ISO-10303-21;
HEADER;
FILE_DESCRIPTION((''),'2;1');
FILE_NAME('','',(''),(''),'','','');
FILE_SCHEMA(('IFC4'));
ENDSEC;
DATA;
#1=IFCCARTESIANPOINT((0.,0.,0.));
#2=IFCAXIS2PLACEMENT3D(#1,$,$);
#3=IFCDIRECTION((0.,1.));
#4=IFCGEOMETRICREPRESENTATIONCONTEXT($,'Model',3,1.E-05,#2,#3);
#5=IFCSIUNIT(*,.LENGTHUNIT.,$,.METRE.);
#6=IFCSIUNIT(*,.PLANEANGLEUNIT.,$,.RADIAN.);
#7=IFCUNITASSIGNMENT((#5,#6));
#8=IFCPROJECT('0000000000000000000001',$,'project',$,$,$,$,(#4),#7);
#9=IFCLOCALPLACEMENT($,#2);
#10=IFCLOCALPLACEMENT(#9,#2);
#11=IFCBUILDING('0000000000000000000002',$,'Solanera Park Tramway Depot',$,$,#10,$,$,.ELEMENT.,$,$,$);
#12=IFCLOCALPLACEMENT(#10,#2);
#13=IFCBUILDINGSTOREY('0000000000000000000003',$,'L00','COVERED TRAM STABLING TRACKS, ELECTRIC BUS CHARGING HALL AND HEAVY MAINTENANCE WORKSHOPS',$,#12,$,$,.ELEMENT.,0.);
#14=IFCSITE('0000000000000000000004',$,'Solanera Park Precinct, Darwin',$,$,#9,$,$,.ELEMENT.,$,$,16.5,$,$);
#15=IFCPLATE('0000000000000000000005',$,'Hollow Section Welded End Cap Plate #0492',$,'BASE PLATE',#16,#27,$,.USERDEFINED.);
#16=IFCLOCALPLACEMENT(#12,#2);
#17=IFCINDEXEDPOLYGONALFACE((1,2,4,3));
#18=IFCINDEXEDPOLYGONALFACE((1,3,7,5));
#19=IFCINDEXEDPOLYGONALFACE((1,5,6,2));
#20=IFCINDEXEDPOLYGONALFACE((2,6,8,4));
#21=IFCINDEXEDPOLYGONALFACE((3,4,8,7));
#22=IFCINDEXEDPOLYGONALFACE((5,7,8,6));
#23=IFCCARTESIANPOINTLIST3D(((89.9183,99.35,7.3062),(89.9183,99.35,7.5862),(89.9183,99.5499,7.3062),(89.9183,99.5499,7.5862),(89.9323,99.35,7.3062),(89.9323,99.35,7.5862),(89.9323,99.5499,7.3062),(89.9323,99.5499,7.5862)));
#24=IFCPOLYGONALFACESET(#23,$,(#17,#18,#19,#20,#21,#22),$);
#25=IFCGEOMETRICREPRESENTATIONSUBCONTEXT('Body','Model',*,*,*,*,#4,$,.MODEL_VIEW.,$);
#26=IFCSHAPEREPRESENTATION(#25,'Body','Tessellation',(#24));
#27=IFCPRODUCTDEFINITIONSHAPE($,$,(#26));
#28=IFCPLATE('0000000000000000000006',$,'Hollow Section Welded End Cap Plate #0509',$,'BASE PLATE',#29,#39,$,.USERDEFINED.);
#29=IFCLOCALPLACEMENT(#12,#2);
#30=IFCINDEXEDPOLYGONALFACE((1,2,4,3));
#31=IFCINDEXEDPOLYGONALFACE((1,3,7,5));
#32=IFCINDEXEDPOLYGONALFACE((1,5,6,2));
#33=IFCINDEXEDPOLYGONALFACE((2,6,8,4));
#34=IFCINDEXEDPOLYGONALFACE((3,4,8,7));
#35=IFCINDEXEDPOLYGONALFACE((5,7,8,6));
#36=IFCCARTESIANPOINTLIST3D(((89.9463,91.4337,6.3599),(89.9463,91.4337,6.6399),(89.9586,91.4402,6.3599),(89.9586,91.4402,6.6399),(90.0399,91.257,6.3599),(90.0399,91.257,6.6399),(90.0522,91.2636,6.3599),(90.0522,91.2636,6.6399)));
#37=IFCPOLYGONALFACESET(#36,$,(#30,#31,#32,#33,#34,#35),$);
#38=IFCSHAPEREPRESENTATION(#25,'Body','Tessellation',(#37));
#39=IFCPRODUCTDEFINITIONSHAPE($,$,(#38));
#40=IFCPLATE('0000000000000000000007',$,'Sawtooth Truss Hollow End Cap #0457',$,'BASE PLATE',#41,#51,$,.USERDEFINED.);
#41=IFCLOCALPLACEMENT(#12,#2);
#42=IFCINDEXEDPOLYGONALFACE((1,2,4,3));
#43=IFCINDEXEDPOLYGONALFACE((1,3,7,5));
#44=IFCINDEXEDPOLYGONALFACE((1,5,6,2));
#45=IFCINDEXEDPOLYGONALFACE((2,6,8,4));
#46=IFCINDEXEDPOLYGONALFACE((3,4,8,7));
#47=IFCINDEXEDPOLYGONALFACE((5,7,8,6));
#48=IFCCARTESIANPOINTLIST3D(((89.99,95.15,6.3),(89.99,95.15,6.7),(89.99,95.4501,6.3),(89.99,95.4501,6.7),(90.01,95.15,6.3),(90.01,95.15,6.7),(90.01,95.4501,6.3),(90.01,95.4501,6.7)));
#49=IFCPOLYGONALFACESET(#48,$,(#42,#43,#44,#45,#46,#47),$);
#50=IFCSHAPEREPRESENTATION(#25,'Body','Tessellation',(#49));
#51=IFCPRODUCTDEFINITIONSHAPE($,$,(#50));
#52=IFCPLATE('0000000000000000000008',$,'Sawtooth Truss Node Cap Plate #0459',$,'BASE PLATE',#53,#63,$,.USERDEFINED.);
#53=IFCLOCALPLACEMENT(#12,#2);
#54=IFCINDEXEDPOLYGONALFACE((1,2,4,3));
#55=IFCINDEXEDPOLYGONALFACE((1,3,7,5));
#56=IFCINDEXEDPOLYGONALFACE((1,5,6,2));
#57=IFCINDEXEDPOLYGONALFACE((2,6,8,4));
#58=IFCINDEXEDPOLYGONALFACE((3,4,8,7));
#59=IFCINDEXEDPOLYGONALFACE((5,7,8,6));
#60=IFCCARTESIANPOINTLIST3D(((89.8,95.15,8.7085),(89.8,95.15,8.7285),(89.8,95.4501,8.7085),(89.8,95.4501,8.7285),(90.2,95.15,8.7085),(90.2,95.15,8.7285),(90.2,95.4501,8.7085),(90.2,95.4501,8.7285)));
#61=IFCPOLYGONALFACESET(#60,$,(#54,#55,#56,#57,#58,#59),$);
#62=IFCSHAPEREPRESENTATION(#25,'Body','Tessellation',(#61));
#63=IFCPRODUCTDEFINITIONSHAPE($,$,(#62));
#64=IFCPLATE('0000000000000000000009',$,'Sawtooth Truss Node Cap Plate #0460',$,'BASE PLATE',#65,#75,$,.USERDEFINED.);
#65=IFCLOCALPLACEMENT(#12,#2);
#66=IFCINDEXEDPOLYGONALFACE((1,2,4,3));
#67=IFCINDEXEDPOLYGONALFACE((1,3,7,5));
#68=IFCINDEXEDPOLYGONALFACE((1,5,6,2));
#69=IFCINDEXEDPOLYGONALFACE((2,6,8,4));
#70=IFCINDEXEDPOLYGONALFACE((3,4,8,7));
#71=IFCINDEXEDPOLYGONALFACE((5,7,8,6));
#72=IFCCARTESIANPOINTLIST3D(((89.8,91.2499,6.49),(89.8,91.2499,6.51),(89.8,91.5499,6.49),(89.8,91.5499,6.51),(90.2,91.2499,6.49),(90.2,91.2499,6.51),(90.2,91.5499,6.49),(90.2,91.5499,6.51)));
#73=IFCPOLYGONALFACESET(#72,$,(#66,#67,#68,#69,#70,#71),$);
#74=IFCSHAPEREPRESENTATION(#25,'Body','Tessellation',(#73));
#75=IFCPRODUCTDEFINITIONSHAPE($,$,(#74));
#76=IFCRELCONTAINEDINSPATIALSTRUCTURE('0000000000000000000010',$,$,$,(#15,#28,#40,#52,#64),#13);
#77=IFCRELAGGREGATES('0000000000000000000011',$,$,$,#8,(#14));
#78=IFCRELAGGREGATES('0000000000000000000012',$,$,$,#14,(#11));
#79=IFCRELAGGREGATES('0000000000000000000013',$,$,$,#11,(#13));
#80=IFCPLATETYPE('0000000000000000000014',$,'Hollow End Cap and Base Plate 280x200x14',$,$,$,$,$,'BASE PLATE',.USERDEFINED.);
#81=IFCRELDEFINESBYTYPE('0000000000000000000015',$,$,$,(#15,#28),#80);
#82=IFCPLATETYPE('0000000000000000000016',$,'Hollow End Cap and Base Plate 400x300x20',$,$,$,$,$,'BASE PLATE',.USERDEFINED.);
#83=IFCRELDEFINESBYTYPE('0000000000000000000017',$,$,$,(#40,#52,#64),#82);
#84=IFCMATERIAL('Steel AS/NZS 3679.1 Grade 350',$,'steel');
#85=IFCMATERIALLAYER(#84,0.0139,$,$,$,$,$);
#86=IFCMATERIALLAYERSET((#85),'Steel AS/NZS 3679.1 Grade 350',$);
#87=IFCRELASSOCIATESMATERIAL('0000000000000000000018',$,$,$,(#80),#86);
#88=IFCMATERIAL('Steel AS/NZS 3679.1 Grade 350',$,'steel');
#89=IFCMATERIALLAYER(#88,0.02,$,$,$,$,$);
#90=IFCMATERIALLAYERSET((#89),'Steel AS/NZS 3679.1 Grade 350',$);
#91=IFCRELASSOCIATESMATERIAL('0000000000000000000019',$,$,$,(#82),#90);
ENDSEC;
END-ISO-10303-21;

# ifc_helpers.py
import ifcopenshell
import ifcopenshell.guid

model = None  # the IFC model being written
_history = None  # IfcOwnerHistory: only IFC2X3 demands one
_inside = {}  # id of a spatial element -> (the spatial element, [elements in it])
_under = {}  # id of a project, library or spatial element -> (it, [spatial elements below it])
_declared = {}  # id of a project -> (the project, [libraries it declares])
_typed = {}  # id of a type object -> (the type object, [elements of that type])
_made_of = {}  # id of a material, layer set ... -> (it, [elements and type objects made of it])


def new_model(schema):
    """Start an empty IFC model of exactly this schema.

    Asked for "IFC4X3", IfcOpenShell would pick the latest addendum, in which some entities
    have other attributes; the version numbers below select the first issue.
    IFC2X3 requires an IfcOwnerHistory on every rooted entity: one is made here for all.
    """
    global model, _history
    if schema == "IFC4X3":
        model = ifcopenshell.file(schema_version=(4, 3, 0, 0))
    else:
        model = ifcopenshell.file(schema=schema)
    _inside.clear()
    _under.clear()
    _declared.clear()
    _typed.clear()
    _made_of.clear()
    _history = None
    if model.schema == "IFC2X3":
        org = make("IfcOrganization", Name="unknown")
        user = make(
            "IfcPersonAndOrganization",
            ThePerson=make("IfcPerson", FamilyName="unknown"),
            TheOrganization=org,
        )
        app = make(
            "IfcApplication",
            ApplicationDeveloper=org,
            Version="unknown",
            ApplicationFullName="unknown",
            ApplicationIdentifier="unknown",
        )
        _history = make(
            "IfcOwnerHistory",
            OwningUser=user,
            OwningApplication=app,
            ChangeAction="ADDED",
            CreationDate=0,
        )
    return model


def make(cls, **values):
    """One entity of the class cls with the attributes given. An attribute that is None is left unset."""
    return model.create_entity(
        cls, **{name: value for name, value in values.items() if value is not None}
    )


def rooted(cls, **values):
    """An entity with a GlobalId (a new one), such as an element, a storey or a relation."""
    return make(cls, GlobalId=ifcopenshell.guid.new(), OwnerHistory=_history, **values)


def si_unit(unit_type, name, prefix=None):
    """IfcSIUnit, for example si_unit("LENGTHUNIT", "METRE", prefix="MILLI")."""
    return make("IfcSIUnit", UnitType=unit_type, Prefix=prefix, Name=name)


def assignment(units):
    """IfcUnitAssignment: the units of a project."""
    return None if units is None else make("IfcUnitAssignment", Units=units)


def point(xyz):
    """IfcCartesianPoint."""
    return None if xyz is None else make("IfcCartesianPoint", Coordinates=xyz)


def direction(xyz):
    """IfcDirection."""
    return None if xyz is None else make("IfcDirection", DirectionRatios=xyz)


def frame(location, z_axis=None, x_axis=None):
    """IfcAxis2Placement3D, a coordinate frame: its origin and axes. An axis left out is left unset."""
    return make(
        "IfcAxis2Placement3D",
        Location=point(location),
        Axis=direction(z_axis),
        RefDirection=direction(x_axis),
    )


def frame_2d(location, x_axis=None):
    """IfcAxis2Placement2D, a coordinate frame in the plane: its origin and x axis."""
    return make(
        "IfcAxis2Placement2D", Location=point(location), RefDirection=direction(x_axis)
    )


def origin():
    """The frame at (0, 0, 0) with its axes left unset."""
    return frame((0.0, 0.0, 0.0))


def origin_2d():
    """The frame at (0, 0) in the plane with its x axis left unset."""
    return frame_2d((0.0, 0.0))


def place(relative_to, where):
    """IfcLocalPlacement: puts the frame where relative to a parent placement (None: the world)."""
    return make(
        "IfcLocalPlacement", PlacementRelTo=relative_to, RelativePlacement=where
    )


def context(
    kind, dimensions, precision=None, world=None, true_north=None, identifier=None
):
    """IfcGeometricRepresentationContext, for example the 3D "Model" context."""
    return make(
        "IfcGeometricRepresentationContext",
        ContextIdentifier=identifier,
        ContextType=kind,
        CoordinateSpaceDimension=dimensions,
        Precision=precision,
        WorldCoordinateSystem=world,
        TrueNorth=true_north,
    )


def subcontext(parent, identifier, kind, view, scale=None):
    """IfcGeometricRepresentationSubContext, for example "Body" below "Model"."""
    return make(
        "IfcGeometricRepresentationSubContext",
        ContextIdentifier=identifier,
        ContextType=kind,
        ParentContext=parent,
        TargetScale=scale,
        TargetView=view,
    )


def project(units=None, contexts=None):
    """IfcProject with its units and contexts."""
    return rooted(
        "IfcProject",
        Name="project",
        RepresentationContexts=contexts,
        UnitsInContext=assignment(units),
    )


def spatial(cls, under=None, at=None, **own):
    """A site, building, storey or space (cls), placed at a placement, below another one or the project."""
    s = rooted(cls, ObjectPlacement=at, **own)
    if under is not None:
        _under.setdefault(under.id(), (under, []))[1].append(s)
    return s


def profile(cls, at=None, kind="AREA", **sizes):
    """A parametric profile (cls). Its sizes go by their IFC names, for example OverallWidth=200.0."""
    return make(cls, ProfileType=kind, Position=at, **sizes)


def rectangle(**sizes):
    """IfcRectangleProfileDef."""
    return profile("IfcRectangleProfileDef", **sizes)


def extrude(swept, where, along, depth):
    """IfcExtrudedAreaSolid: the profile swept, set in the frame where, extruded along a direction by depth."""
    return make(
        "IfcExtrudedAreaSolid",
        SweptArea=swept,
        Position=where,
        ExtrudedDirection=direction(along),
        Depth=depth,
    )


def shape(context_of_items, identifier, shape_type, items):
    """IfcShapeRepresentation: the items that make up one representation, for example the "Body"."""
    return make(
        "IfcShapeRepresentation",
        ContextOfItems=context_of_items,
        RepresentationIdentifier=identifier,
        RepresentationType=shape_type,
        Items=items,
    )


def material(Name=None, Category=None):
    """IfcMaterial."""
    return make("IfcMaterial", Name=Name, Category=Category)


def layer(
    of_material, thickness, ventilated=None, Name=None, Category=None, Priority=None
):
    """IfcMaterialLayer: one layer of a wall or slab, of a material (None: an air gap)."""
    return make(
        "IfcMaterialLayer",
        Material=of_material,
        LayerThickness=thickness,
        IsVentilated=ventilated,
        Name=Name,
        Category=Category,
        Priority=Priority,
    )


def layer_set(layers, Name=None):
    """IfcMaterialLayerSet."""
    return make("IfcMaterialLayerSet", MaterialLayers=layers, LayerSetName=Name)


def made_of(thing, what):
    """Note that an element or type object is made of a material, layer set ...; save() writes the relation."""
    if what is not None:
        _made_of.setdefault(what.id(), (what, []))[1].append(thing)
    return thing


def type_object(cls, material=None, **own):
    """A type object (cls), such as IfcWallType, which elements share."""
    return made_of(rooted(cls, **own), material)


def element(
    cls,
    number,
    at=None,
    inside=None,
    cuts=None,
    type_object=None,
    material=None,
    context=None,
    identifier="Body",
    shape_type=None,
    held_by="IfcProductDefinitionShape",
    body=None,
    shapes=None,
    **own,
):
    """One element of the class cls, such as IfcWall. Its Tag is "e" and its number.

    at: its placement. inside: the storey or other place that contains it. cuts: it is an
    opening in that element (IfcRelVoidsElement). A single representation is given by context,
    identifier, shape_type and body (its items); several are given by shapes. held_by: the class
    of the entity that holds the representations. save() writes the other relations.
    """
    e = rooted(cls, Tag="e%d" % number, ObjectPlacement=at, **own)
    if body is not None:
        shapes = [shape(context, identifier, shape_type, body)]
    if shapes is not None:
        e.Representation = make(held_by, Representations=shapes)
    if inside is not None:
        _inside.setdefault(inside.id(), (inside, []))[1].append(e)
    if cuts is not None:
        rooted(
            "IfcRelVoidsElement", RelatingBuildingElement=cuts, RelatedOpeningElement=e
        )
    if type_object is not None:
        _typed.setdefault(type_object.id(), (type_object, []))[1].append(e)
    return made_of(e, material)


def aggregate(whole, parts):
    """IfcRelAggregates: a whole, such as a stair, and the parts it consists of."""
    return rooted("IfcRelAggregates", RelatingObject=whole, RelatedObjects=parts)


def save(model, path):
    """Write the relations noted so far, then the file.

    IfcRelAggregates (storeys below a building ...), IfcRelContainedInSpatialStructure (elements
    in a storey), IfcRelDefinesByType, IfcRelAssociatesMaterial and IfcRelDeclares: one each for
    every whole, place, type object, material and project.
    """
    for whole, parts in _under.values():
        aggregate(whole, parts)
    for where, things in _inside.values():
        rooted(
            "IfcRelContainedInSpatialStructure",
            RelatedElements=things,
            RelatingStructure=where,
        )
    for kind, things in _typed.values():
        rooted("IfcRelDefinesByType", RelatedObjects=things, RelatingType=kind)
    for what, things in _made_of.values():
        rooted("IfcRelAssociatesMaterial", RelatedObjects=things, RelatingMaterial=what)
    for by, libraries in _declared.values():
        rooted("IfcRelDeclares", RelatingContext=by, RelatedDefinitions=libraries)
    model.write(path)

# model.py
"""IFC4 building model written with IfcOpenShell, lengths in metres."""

from ifc_helpers import new_model, si_unit, direction, frame, origin, origin_2d, place, context, subcontext, project, spatial, rectangle, extrude, material, layer, layer_set, type_object, element, save


model = new_model("IFC4")

# Units and contexts
model_context = context("Model", 3, precision=1e-05, world=origin(), true_north=direction((0.0, 1.0)))
body_context = subcontext(model_context, "Body", "Model", "MODEL_VIEW")
ifc_project = project(units=[si_unit("LENGTHUNIT", "METRE"), si_unit("PLANEANGLEUNIT", "RADIAN")], contexts=[model_context])

# Site, building, storey
site_placement = place(None, origin())
site = spatial("IfcSite", under=ifc_project, at=site_placement, Name="Solanera Park Precinct, Darwin", CompositionType="ELEMENT", RefElevation=16.5)
building_placement = place(site_placement, origin())
building = spatial("IfcBuilding", under=site, at=building_placement, Name="Solanera Park Tramway Depot", CompositionType="ELEMENT")
storey_placement = place(building_placement, origin())
storey = spatial("IfcBuildingStorey", under=building, at=storey_placement, Name="L00", Description="COVERED TRAM STABLING TRACKS, ELECTRIC BUS CHARGING HALL AND HEAVY MAINTENANCE WORKSHOPS", CompositionType="ELEMENT", Elevation=0.0)

# Plates
ifc_material_1 = material(Name="Steel AS/NZS 3679.1 Grade 350", Category="steel")
ifc_layer_1 = layer(ifc_material_1, 0.0139)
ifc_layer_set_1 = layer_set([ifc_layer_1], Name="Steel AS/NZS 3679.1 Grade 350")
plate_type_1 = type_object("IfcPlateType", Name="Hollow End Cap and Base Plate 280x200x14", ElementType="BASE PLATE", PredefinedType="USERDEFINED", material=ifc_layer_set_1)
for number, where, z_axis, x_axis, name in (
    (1, (89.9253, 99.45, 7.3062), (0.0, 0.0, 1.0), (1.0, 0.0, 0.0), "Hollow Section Welded End Cap Plate #0492"),
    (2, (89.9993, 91.3486, 6.3599), (0.0, 0.0, 1.0), (0.883521, 0.468392, 0.0), "Hollow Section Welded End Cap Plate #0509"),
):
    element("IfcPlate", number, at=place(storey_placement, frame(where, z_axis=z_axis, x_axis=x_axis)), inside=storey, type_object=plate_type_1, Name=name, ObjectType="BASE PLATE", PredefinedType="USERDEFINED", context=body_context, shape_type="SweptSolid", body=[
        extrude(rectangle(XDim=0.0139, YDim=0.2, at=origin_2d()), origin(), (0.0, 0.0, 1.0), 0.28),
    ])
ifc_material_2 = material(Name="Steel AS/NZS 3679.1 Grade 350", Category="steel")
ifc_layer_2 = layer(ifc_material_2, 0.02)
ifc_layer_set_2 = layer_set([ifc_layer_2], Name="Steel AS/NZS 3679.1 Grade 350")
plate_type_2 = type_object("IfcPlateType", Name="Hollow End Cap and Base Plate 400x300x20", ElementType="BASE PLATE", PredefinedType="USERDEFINED", material=ifc_layer_set_2)
plate_1_placement = place(storey_placement, frame((90.0, 95.3, 6.3), z_axis=(0.0, 0.0, 1.0), x_axis=(1.0, 0.0, 0.0)))
element("IfcPlate", 3, at=plate_1_placement, inside=storey, type_object=plate_type_2, Name="Sawtooth Truss Hollow End Cap #0457", ObjectType="BASE PLATE", PredefinedType="USERDEFINED", context=body_context, shape_type="SweptSolid", body=[
    extrude(rectangle(XDim=0.02, YDim=0.3, at=origin_2d()), origin(), (0.0, 0.0, 1.0), 0.3999),
])
for number, where, z_axis, x_axis, name in (
    (4, (90.0, 95.3, 8.7085), (0.0, 0.0, 1.0), (1.0, 0.0, 0.0), "Sawtooth Truss Node Cap Plate #0459"),
    (5, (90.0, 91.3999, 6.49), (0.0, 0.0, 1.0), (1.0, 0.0, 0.0), "Sawtooth Truss Node Cap Plate #0460"),
):
    element("IfcPlate", number, at=place(storey_placement, frame(where, z_axis=z_axis, x_axis=x_axis)), inside=storey, type_object=plate_type_2, Name=name, ObjectType="BASE PLATE", PredefinedType="USERDEFINED", context=body_context, shape_type="SweptSolid", body=[
        extrude(rectangle(XDim=0.3999, YDim=0.3, at=origin_2d()), origin(), (0.0, 0.0, 1.0), 0.02),
    ])

save(model, "model.ifc")
